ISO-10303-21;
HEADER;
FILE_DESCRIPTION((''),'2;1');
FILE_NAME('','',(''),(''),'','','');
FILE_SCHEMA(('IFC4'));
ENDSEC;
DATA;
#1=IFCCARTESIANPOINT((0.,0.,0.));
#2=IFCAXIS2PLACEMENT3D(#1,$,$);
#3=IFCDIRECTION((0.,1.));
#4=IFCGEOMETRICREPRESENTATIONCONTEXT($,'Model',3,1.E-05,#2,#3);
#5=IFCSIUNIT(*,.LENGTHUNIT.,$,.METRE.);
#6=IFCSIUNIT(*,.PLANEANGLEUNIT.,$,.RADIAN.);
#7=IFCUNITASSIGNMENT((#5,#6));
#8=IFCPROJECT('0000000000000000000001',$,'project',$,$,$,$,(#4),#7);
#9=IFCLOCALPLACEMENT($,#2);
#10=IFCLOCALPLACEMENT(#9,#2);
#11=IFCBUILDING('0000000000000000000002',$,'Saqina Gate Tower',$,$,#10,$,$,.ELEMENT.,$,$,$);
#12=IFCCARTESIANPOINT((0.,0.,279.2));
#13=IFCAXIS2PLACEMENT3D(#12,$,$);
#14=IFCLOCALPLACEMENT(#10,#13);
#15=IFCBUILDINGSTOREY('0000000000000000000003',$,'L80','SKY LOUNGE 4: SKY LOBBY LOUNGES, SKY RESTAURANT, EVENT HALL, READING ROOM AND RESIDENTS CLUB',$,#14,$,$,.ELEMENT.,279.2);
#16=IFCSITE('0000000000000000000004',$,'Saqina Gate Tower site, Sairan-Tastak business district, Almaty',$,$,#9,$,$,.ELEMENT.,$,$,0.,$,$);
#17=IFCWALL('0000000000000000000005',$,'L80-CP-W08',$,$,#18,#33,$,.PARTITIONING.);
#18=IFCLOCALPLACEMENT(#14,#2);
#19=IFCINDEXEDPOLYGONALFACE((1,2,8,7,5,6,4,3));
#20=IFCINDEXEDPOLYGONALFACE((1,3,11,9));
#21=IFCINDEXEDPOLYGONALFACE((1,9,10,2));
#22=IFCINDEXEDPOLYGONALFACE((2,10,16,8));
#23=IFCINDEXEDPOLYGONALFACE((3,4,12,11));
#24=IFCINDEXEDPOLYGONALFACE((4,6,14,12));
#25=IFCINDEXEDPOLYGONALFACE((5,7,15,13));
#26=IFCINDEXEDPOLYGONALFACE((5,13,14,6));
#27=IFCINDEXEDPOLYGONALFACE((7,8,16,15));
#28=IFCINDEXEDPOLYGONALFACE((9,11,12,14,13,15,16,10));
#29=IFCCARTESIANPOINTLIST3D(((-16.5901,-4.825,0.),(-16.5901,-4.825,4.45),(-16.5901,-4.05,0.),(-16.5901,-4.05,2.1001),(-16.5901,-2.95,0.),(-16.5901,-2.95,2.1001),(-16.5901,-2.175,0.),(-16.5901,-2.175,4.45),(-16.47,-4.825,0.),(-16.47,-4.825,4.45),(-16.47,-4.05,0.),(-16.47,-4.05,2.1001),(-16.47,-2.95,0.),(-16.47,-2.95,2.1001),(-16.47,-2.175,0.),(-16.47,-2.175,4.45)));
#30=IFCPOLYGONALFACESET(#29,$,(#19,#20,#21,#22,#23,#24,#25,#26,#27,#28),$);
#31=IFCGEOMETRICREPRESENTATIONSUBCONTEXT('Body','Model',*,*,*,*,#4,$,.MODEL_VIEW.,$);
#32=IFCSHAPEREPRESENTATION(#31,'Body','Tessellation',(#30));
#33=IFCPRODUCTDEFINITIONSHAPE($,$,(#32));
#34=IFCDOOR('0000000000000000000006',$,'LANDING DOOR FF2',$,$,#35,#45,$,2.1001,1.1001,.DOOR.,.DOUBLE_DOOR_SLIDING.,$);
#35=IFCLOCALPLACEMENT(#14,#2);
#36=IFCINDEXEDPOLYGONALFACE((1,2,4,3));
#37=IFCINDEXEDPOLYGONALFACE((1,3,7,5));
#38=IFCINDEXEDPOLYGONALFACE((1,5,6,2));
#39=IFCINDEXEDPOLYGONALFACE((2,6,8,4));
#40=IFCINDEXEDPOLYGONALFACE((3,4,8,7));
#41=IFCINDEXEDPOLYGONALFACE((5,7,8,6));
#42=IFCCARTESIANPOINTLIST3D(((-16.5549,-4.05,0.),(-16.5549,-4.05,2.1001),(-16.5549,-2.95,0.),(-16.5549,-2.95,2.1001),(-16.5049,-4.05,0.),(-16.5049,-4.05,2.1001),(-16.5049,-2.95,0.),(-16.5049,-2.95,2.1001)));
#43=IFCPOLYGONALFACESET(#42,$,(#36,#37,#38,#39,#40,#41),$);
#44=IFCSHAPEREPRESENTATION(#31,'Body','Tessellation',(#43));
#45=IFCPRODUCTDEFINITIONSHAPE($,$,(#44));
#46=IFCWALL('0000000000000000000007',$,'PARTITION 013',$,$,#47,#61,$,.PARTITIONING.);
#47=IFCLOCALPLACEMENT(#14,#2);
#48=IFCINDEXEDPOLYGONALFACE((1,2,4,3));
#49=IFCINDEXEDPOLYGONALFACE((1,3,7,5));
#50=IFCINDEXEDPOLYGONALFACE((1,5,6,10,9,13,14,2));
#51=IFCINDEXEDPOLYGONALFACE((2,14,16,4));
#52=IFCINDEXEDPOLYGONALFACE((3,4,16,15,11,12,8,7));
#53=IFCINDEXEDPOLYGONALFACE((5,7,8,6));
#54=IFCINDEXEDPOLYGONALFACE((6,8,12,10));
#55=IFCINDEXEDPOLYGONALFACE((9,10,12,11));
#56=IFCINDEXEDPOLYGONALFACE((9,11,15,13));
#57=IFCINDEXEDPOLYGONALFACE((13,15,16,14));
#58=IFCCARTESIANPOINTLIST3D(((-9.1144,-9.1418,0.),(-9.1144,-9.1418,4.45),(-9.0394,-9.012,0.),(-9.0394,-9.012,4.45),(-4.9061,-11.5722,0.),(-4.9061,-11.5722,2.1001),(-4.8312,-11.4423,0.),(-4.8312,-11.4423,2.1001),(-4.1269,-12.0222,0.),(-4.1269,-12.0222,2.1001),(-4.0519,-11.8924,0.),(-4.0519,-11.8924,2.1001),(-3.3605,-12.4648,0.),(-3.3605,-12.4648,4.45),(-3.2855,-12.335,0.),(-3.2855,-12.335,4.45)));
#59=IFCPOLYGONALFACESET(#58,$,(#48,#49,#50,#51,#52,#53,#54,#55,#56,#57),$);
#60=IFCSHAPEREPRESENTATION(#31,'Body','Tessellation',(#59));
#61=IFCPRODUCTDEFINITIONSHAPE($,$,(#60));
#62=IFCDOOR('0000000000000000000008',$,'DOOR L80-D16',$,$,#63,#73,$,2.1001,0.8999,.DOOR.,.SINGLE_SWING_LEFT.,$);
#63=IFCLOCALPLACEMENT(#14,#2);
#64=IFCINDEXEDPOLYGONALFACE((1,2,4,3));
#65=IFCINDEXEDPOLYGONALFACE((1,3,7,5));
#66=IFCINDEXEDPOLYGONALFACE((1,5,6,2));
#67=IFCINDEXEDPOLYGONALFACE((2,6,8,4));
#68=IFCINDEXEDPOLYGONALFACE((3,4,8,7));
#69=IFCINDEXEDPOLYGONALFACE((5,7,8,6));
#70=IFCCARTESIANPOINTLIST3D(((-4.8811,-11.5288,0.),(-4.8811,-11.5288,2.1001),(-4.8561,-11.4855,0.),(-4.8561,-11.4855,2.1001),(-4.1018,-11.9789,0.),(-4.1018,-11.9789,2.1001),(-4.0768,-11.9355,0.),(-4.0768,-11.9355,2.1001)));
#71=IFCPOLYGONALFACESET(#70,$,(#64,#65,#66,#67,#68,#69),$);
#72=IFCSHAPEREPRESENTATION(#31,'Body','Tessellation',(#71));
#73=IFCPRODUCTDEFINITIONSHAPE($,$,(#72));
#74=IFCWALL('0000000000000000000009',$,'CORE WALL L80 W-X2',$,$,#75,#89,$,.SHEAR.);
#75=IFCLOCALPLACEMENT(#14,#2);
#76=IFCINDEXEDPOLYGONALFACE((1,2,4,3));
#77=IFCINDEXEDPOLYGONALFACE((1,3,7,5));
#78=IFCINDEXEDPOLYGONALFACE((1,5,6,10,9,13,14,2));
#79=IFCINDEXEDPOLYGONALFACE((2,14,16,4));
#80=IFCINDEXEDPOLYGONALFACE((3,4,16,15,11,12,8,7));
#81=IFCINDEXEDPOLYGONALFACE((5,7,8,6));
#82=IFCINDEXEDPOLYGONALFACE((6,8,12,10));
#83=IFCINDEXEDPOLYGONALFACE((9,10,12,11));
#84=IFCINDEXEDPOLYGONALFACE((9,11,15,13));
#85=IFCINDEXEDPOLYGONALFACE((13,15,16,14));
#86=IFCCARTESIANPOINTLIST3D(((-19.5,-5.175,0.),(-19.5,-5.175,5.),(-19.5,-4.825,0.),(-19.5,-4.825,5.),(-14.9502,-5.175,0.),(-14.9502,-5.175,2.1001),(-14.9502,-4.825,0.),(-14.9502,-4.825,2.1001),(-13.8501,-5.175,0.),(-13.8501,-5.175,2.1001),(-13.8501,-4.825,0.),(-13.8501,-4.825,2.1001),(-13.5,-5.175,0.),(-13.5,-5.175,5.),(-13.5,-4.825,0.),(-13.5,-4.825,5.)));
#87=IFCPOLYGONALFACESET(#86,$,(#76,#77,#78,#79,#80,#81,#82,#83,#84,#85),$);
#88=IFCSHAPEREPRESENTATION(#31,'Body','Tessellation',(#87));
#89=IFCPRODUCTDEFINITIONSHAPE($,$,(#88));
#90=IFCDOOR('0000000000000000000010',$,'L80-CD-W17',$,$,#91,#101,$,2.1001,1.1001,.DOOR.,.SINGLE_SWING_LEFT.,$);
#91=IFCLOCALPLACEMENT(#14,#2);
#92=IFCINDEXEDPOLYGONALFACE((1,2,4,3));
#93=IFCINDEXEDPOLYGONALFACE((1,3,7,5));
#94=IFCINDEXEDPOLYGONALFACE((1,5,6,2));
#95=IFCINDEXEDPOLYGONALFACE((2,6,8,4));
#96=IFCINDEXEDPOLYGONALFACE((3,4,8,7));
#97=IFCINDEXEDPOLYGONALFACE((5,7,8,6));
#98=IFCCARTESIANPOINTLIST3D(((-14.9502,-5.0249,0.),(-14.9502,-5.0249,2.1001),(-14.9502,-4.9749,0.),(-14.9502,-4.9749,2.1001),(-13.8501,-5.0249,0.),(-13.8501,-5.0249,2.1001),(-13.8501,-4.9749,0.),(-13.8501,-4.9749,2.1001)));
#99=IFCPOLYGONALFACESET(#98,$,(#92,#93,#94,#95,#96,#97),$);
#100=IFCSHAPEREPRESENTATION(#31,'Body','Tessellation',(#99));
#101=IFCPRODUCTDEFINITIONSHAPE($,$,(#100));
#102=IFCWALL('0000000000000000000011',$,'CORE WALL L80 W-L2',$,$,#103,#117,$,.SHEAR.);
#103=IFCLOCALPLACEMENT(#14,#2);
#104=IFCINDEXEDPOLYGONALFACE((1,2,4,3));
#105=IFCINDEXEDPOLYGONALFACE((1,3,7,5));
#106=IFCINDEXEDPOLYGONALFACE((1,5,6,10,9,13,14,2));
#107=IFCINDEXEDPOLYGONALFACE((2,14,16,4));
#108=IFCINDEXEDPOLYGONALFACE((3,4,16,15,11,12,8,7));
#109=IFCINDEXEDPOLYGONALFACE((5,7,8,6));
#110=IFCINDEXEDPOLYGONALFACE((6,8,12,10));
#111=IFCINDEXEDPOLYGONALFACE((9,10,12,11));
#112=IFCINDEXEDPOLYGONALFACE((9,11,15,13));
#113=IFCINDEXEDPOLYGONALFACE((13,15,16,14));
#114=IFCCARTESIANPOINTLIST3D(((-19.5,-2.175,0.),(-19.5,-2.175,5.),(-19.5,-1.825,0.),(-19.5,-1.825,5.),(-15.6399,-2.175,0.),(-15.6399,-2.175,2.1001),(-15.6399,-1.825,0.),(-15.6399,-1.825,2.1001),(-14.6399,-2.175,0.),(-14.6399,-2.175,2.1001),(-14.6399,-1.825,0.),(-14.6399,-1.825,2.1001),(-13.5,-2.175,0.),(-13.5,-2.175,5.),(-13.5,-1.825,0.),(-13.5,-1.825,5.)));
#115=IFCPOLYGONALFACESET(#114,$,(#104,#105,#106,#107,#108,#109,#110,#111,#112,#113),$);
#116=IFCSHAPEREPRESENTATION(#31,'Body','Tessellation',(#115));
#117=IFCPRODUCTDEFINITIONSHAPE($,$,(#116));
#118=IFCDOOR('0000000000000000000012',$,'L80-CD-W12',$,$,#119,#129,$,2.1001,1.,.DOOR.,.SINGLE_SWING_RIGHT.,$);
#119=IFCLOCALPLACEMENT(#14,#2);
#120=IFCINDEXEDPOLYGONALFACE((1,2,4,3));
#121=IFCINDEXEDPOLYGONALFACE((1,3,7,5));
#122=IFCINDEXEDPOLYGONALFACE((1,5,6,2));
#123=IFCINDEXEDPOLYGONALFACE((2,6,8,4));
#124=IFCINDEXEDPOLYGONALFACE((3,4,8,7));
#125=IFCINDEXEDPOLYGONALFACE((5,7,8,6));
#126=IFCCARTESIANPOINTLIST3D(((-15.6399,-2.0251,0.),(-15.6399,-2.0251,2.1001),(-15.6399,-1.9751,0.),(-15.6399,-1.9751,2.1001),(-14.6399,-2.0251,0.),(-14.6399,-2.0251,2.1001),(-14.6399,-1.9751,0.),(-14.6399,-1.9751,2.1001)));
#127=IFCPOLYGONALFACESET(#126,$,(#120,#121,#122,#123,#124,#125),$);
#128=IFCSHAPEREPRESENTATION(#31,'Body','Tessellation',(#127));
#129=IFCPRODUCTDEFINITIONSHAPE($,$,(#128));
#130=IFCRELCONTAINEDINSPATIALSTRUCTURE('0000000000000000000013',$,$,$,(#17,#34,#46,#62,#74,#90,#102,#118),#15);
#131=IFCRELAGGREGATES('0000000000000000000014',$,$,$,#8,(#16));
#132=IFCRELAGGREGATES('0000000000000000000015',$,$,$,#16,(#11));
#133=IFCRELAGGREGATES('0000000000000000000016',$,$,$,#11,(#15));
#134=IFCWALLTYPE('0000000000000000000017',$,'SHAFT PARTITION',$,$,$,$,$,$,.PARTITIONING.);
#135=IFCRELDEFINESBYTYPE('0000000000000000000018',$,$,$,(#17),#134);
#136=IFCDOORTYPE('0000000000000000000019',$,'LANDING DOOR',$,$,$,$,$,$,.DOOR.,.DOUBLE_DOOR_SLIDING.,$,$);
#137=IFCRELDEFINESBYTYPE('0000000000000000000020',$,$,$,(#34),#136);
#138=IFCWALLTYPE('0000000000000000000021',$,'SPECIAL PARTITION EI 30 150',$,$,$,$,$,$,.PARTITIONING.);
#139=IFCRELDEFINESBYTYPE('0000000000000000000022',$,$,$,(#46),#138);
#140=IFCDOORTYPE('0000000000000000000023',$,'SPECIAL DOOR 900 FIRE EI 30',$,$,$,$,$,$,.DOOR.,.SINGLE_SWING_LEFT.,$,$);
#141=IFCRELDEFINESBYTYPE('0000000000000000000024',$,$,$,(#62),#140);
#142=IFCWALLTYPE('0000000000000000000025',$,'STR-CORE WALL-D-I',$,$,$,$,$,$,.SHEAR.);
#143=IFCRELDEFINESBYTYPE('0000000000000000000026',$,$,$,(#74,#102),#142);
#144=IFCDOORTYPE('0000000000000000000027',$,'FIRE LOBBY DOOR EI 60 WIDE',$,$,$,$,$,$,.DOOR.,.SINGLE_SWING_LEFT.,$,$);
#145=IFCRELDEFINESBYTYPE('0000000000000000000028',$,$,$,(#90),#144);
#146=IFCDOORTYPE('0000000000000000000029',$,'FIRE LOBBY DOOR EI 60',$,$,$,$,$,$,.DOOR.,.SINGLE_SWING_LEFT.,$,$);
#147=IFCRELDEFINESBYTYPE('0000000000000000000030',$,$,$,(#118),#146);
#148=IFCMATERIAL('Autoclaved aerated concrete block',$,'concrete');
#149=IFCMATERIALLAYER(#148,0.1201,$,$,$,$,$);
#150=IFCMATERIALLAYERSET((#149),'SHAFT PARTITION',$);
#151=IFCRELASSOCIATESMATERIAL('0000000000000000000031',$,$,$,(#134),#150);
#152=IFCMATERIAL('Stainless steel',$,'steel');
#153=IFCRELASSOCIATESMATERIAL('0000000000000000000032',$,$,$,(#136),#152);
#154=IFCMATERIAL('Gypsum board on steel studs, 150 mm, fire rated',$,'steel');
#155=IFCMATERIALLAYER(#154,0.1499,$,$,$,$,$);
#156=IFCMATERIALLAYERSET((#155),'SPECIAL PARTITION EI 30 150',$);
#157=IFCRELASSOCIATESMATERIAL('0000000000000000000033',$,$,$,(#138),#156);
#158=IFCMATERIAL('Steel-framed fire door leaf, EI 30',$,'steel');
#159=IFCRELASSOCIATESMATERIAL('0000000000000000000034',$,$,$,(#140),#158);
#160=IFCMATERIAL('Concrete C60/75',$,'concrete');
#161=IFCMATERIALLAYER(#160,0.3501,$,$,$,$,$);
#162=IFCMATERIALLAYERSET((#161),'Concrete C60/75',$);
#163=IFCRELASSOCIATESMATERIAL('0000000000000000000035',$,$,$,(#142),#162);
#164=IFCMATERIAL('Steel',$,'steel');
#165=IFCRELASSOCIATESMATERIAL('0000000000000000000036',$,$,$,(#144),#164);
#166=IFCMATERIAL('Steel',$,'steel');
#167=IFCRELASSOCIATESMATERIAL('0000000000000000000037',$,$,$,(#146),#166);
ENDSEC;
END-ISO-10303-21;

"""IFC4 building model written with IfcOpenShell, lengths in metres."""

from ifc_helpers import new_model, si_unit, direction, frame, frame_2d, origin, place, context, subcontext, project, spatial, rectangle, extrude, material, layer, layer_set, type_object, element, fill, save


model = new_model("IFC4")

# Units and contexts
model_context = context("Model", 3, precision=1e-05, world=origin(), true_north=direction((0.0, 1.0)))
body_context = subcontext(model_context, "Body", "Model", "MODEL_VIEW")
ifc_project = project(units=[si_unit("LENGTHUNIT", "METRE"), si_unit("PLANEANGLEUNIT", "RADIAN")], contexts=[model_context])

# Site, building, storey
site_placement = place(None, origin())
site = spatial("IfcSite", under=ifc_project, at=site_placement, Name="Saqina Gate Tower site, Sairan-Tastak business district, Almaty", CompositionType="ELEMENT", RefElevation=0.0)
building_placement = place(site_placement, origin())
building = spatial("IfcBuilding", under=site, at=building_placement, Name="Saqina Gate Tower", CompositionType="ELEMENT")
storey_placement = place(building_placement, frame((0.0, 0.0, 279.2)))
storey = spatial("IfcBuildingStorey", under=building, at=storey_placement, Name="L80", Description="SKY LOUNGE 4: SKY LOBBY LOUNGES, SKY RESTAURANT, EVENT HALL, READING ROOM AND RESIDENTS CLUB", CompositionType="ELEMENT", Elevation=279.2)

# Walls, openings, doors
ifc_material_1 = material(Name="Autoclaved aerated concrete block", Category="concrete")
ifc_layer_1 = layer(ifc_material_1, 0.1201)
ifc_layer_set_1 = layer_set([ifc_layer_1], Name="SHAFT PARTITION")
wall_type_1 = type_object("IfcWallType", Name="SHAFT PARTITION", PredefinedType="PARTITIONING", material=ifc_layer_set_1)
wall_1_placement = place(storey_placement, frame((-16.53, -4.825, 0.0), z_axis=(0.0, 0.0, 1.0), x_axis=(0.0, 1.0, 0.0)))
wall_1 = element("IfcWall", 1, at=wall_1_placement, inside=storey, type_object=wall_type_1, Name="L80-CP-W08", PredefinedType="PARTITIONING", context=body_context, shape_type="SweptSolid", body=[
    extrude(rectangle(XDim=2.6499, YDim=0.1201, at=frame_2d((1.325, 0.0))), origin(), (0.0, 0.0, 1.0), 4.45),
])
opening_1_placement = place(wall_1_placement, frame((0.7749, 0.0, 0.0)))
opening_1 = element("IfcOpeningElement", 2, at=opening_1_placement, cuts=wall_1, PredefinedType="OPENING", context=body_context, shape_type="SweptSolid", body=[
    extrude(rectangle(XDim=1.1001, YDim=2.1001, at=frame_2d((0.55, 1.05))), frame((0.0, 0.072, 0.0), z_axis=(0.0, -1.0, 0.0), x_axis=(1.0, 0.0, 0.0)), (0.0, 0.0, 1.0), 0.144),
])
ifc_material_2 = material(Name="Stainless steel", Category="steel")
door_type_1 = type_object("IfcDoorType", Name="LANDING DOOR", OperationType="DOUBLE_DOOR_SLIDING", PredefinedType="DOOR", material=ifc_material_2)
door_1_placement = place(opening_1_placement, origin())
door_1 = element("IfcDoor", 3, at=door_1_placement, inside=storey, type_object=door_type_1, Name="LANDING DOOR FF2", OperationType="DOUBLE_DOOR_SLIDING", OverallHeight=2.1001, OverallWidth=1.1001, PredefinedType="DOOR", context=body_context, shape_type="SweptSolid", body=[
    extrude(rectangle(XDim=1.1001, YDim=2.1001, at=frame_2d((0.55, 1.05))), frame((0.0, 0.0249, 0.0), z_axis=(0.0, -1.0, 0.0), x_axis=(1.0, 0.0, 0.0)), (0.0, 0.0, 1.0), 0.05),
])
fill(opening_1, door_1)
ifc_material_3 = material(Name="Gypsum board on steel studs, 150 mm, fire rated", Category="steel")
ifc_layer_2 = layer(ifc_material_3, 0.1499)
ifc_layer_set_2 = layer_set([ifc_layer_2], Name="SPECIAL PARTITION EI 30 150")
wall_type_2 = type_object("IfcWallType", Name="SPECIAL PARTITION EI 30 150", PredefinedType="PARTITIONING", material=ifc_layer_set_2)
wall_2_placement = place(storey_placement, frame((-9.0769, -9.0769, 0.0), z_axis=(0.0, 0.0, 1.0), x_axis=(0.865962, -0.50011, 0.0)))
wall_2 = element("IfcWall", 4, at=wall_2_placement, inside=storey, type_object=wall_type_2, Name="PARTITION 013", PredefinedType="PARTITIONING", context=body_context, shape_type="SweptSolid", body=[
    extrude(rectangle(XDim=6.6445, YDim=0.1499, at=frame_2d((3.3223, 0.0))), origin(), (0.0, 0.0, 1.0), 4.45),
])
opening_2_placement = place(wall_2_placement, frame((4.8596, 0.0, 0.0)))
opening_2 = element("IfcOpeningElement", 5, at=opening_2_placement, cuts=wall_2, PredefinedType="OPENING", context=body_context, shape_type="SweptSolid", body=[
    extrude(rectangle(XDim=0.8999, YDim=2.1001, at=frame_2d((0.45, 1.05))), frame((0.0, 0.0869, 0.0), z_axis=(0.0, -1.0, 0.0), x_axis=(1.0, 0.0, 0.0)), (0.0, 0.0, 1.0), 0.1738),
])
ifc_material_4 = material(Name="Steel-framed fire door leaf, EI 30", Category="steel")
door_type_2 = type_object("IfcDoorType", Name="SPECIAL DOOR 900 FIRE EI 30", OperationType="SINGLE_SWING_LEFT", PredefinedType="DOOR", material=ifc_material_4)
door_2_placement = place(opening_2_placement, frame((0.8999, 0.0, 0.0), z_axis=(0.0, 0.0, 1.0), x_axis=(-1.0, 0.0, 0.0)))
door_2 = element("IfcDoor", 6, at=door_2_placement, inside=storey, type_object=door_type_2, Name="DOOR L80-D16", OperationType="SINGLE_SWING_LEFT", OverallHeight=2.1001, OverallWidth=0.8999, PredefinedType="DOOR", context=body_context, shape_type="SweptSolid", body=[
    extrude(rectangle(XDim=0.8999, YDim=2.1001, at=frame_2d((0.45, 1.05))), frame((0.0, 0.0249, 0.0), z_axis=(0.0, -1.0, 0.0), x_axis=(1.0, 0.0, 0.0)), (0.0, 0.0, 1.0), 0.05),
])
fill(opening_2, door_2)
ifc_material_5 = material(Name="Concrete C60/75", Category="concrete")
ifc_layer_3 = layer(ifc_material_5, 0.3501)
ifc_layer_set_3 = layer_set([ifc_layer_3], Name="Concrete C60/75")
wall_type_3 = type_object("IfcWallType", Name="STR-CORE WALL-D-I", PredefinedType="SHEAR", material=ifc_layer_set_3)
wall_3_placement = place(storey_placement, frame((-13.5, -5.0, 0.0), z_axis=(0.0, 0.0, 1.0), x_axis=(-1.0, 0.0, 0.0)))
wall_3 = element("IfcWall", 7, at=wall_3_placement, inside=storey, type_object=wall_type_3, Name="CORE WALL L80 W-X2", PredefinedType="SHEAR", context=body_context, shape_type="SweptSolid", body=[
    extrude(rectangle(XDim=6.0, YDim=0.3501, at=frame_2d((3.0, 0.0))), origin(), (0.0, 0.0, 1.0), 5.0),
])
opening_3_placement = place(wall_3_placement, frame((0.3501, 0.0, 0.0)))
opening_3 = element("IfcOpeningElement", 8, at=opening_3_placement, cuts=wall_3, PredefinedType="OPENING", context=body_context, shape_type="SweptSolid", body=[
    extrude(rectangle(XDim=1.1001, YDim=2.1001, at=frame_2d((0.55, 1.05))), frame((0.0, 0.187, 0.0), z_axis=(0.0, -1.0, 0.0), x_axis=(1.0, 0.0, 0.0)), (0.0, 0.0, 1.0), 0.374),
])
ifc_material_6 = material(Name="Steel", Category="steel")
door_type_3 = type_object("IfcDoorType", Name="FIRE LOBBY DOOR EI 60 WIDE", OperationType="SINGLE_SWING_LEFT", PredefinedType="DOOR", material=ifc_material_6)
door_3_placement = place(opening_3_placement, origin())
door_3 = element("IfcDoor", 9, at=door_3_placement, inside=storey, type_object=door_type_3, Name="L80-CD-W17", OperationType="SINGLE_SWING_LEFT", OverallHeight=2.1001, OverallWidth=1.1001, PredefinedType="DOOR", context=body_context, shape_type="SweptSolid", body=[
    extrude(rectangle(XDim=1.1001, YDim=2.1001, at=frame_2d((0.55, 1.05))), frame((0.0, 0.0249, 0.0), z_axis=(0.0, -1.0, 0.0), x_axis=(1.0, 0.0, 0.0)), (0.0, 0.0, 1.0), 0.05),
])
fill(opening_3, door_3)
wall_4_placement = place(storey_placement, frame((-13.5, -2.0, 0.0), z_axis=(0.0, 0.0, 1.0), x_axis=(-1.0, 0.0, 0.0)))
wall_4 = element("IfcWall", 10, at=wall_4_placement, inside=storey, type_object=wall_type_3, Name="CORE WALL L80 W-L2", PredefinedType="SHEAR", context=body_context, shape_type="SweptSolid", body=[
    extrude(rectangle(XDim=6.0, YDim=0.3501, at=frame_2d((3.0, 0.0))), origin(), (0.0, 0.0, 1.0), 5.0),
])
opening_4_placement = place(wall_4_placement, frame((1.1399, 0.0, 0.0)))
opening_4 = element("IfcOpeningElement", 11, at=opening_4_placement, cuts=wall_4, PredefinedType="OPENING", context=body_context, shape_type="SweptSolid", body=[
    extrude(rectangle(XDim=1.0, YDim=2.1001, at=frame_2d((0.5, 1.05))), frame((0.0, 0.187, 0.0), z_axis=(0.0, -1.0, 0.0), x_axis=(1.0, 0.0, 0.0)), (0.0, 0.0, 1.0), 0.374),
])
ifc_material_7 = material(Name="Steel", Category="steel")
door_type_4 = type_object("IfcDoorType", Name="FIRE LOBBY DOOR EI 60", OperationType="SINGLE_SWING_LEFT", PredefinedType="DOOR", material=ifc_material_7)
door_4_placement = place(opening_4_placement, frame((1.0, 0.0, 0.0), z_axis=(0.0, 0.0, 1.0), x_axis=(-1.0, 0.0, 0.0)))
door_4 = element("IfcDoor", 12, at=door_4_placement, inside=storey, type_object=door_type_4, Name="L80-CD-W12", OperationType="SINGLE_SWING_RIGHT", OverallHeight=2.1001, OverallWidth=1.0, PredefinedType="DOOR", context=body_context, shape_type="SweptSolid", body=[
    extrude(rectangle(XDim=1.0, YDim=2.1001, at=frame_2d((0.5, 1.05))), frame((0.0, 0.0249, 0.0), z_axis=(0.0, -1.0, 0.0), x_axis=(1.0, 0.0, 0.0)), (0.0, 0.0, 1.0), 0.05),
])
fill(opening_4, door_4)

save(model, "model.ifc")
